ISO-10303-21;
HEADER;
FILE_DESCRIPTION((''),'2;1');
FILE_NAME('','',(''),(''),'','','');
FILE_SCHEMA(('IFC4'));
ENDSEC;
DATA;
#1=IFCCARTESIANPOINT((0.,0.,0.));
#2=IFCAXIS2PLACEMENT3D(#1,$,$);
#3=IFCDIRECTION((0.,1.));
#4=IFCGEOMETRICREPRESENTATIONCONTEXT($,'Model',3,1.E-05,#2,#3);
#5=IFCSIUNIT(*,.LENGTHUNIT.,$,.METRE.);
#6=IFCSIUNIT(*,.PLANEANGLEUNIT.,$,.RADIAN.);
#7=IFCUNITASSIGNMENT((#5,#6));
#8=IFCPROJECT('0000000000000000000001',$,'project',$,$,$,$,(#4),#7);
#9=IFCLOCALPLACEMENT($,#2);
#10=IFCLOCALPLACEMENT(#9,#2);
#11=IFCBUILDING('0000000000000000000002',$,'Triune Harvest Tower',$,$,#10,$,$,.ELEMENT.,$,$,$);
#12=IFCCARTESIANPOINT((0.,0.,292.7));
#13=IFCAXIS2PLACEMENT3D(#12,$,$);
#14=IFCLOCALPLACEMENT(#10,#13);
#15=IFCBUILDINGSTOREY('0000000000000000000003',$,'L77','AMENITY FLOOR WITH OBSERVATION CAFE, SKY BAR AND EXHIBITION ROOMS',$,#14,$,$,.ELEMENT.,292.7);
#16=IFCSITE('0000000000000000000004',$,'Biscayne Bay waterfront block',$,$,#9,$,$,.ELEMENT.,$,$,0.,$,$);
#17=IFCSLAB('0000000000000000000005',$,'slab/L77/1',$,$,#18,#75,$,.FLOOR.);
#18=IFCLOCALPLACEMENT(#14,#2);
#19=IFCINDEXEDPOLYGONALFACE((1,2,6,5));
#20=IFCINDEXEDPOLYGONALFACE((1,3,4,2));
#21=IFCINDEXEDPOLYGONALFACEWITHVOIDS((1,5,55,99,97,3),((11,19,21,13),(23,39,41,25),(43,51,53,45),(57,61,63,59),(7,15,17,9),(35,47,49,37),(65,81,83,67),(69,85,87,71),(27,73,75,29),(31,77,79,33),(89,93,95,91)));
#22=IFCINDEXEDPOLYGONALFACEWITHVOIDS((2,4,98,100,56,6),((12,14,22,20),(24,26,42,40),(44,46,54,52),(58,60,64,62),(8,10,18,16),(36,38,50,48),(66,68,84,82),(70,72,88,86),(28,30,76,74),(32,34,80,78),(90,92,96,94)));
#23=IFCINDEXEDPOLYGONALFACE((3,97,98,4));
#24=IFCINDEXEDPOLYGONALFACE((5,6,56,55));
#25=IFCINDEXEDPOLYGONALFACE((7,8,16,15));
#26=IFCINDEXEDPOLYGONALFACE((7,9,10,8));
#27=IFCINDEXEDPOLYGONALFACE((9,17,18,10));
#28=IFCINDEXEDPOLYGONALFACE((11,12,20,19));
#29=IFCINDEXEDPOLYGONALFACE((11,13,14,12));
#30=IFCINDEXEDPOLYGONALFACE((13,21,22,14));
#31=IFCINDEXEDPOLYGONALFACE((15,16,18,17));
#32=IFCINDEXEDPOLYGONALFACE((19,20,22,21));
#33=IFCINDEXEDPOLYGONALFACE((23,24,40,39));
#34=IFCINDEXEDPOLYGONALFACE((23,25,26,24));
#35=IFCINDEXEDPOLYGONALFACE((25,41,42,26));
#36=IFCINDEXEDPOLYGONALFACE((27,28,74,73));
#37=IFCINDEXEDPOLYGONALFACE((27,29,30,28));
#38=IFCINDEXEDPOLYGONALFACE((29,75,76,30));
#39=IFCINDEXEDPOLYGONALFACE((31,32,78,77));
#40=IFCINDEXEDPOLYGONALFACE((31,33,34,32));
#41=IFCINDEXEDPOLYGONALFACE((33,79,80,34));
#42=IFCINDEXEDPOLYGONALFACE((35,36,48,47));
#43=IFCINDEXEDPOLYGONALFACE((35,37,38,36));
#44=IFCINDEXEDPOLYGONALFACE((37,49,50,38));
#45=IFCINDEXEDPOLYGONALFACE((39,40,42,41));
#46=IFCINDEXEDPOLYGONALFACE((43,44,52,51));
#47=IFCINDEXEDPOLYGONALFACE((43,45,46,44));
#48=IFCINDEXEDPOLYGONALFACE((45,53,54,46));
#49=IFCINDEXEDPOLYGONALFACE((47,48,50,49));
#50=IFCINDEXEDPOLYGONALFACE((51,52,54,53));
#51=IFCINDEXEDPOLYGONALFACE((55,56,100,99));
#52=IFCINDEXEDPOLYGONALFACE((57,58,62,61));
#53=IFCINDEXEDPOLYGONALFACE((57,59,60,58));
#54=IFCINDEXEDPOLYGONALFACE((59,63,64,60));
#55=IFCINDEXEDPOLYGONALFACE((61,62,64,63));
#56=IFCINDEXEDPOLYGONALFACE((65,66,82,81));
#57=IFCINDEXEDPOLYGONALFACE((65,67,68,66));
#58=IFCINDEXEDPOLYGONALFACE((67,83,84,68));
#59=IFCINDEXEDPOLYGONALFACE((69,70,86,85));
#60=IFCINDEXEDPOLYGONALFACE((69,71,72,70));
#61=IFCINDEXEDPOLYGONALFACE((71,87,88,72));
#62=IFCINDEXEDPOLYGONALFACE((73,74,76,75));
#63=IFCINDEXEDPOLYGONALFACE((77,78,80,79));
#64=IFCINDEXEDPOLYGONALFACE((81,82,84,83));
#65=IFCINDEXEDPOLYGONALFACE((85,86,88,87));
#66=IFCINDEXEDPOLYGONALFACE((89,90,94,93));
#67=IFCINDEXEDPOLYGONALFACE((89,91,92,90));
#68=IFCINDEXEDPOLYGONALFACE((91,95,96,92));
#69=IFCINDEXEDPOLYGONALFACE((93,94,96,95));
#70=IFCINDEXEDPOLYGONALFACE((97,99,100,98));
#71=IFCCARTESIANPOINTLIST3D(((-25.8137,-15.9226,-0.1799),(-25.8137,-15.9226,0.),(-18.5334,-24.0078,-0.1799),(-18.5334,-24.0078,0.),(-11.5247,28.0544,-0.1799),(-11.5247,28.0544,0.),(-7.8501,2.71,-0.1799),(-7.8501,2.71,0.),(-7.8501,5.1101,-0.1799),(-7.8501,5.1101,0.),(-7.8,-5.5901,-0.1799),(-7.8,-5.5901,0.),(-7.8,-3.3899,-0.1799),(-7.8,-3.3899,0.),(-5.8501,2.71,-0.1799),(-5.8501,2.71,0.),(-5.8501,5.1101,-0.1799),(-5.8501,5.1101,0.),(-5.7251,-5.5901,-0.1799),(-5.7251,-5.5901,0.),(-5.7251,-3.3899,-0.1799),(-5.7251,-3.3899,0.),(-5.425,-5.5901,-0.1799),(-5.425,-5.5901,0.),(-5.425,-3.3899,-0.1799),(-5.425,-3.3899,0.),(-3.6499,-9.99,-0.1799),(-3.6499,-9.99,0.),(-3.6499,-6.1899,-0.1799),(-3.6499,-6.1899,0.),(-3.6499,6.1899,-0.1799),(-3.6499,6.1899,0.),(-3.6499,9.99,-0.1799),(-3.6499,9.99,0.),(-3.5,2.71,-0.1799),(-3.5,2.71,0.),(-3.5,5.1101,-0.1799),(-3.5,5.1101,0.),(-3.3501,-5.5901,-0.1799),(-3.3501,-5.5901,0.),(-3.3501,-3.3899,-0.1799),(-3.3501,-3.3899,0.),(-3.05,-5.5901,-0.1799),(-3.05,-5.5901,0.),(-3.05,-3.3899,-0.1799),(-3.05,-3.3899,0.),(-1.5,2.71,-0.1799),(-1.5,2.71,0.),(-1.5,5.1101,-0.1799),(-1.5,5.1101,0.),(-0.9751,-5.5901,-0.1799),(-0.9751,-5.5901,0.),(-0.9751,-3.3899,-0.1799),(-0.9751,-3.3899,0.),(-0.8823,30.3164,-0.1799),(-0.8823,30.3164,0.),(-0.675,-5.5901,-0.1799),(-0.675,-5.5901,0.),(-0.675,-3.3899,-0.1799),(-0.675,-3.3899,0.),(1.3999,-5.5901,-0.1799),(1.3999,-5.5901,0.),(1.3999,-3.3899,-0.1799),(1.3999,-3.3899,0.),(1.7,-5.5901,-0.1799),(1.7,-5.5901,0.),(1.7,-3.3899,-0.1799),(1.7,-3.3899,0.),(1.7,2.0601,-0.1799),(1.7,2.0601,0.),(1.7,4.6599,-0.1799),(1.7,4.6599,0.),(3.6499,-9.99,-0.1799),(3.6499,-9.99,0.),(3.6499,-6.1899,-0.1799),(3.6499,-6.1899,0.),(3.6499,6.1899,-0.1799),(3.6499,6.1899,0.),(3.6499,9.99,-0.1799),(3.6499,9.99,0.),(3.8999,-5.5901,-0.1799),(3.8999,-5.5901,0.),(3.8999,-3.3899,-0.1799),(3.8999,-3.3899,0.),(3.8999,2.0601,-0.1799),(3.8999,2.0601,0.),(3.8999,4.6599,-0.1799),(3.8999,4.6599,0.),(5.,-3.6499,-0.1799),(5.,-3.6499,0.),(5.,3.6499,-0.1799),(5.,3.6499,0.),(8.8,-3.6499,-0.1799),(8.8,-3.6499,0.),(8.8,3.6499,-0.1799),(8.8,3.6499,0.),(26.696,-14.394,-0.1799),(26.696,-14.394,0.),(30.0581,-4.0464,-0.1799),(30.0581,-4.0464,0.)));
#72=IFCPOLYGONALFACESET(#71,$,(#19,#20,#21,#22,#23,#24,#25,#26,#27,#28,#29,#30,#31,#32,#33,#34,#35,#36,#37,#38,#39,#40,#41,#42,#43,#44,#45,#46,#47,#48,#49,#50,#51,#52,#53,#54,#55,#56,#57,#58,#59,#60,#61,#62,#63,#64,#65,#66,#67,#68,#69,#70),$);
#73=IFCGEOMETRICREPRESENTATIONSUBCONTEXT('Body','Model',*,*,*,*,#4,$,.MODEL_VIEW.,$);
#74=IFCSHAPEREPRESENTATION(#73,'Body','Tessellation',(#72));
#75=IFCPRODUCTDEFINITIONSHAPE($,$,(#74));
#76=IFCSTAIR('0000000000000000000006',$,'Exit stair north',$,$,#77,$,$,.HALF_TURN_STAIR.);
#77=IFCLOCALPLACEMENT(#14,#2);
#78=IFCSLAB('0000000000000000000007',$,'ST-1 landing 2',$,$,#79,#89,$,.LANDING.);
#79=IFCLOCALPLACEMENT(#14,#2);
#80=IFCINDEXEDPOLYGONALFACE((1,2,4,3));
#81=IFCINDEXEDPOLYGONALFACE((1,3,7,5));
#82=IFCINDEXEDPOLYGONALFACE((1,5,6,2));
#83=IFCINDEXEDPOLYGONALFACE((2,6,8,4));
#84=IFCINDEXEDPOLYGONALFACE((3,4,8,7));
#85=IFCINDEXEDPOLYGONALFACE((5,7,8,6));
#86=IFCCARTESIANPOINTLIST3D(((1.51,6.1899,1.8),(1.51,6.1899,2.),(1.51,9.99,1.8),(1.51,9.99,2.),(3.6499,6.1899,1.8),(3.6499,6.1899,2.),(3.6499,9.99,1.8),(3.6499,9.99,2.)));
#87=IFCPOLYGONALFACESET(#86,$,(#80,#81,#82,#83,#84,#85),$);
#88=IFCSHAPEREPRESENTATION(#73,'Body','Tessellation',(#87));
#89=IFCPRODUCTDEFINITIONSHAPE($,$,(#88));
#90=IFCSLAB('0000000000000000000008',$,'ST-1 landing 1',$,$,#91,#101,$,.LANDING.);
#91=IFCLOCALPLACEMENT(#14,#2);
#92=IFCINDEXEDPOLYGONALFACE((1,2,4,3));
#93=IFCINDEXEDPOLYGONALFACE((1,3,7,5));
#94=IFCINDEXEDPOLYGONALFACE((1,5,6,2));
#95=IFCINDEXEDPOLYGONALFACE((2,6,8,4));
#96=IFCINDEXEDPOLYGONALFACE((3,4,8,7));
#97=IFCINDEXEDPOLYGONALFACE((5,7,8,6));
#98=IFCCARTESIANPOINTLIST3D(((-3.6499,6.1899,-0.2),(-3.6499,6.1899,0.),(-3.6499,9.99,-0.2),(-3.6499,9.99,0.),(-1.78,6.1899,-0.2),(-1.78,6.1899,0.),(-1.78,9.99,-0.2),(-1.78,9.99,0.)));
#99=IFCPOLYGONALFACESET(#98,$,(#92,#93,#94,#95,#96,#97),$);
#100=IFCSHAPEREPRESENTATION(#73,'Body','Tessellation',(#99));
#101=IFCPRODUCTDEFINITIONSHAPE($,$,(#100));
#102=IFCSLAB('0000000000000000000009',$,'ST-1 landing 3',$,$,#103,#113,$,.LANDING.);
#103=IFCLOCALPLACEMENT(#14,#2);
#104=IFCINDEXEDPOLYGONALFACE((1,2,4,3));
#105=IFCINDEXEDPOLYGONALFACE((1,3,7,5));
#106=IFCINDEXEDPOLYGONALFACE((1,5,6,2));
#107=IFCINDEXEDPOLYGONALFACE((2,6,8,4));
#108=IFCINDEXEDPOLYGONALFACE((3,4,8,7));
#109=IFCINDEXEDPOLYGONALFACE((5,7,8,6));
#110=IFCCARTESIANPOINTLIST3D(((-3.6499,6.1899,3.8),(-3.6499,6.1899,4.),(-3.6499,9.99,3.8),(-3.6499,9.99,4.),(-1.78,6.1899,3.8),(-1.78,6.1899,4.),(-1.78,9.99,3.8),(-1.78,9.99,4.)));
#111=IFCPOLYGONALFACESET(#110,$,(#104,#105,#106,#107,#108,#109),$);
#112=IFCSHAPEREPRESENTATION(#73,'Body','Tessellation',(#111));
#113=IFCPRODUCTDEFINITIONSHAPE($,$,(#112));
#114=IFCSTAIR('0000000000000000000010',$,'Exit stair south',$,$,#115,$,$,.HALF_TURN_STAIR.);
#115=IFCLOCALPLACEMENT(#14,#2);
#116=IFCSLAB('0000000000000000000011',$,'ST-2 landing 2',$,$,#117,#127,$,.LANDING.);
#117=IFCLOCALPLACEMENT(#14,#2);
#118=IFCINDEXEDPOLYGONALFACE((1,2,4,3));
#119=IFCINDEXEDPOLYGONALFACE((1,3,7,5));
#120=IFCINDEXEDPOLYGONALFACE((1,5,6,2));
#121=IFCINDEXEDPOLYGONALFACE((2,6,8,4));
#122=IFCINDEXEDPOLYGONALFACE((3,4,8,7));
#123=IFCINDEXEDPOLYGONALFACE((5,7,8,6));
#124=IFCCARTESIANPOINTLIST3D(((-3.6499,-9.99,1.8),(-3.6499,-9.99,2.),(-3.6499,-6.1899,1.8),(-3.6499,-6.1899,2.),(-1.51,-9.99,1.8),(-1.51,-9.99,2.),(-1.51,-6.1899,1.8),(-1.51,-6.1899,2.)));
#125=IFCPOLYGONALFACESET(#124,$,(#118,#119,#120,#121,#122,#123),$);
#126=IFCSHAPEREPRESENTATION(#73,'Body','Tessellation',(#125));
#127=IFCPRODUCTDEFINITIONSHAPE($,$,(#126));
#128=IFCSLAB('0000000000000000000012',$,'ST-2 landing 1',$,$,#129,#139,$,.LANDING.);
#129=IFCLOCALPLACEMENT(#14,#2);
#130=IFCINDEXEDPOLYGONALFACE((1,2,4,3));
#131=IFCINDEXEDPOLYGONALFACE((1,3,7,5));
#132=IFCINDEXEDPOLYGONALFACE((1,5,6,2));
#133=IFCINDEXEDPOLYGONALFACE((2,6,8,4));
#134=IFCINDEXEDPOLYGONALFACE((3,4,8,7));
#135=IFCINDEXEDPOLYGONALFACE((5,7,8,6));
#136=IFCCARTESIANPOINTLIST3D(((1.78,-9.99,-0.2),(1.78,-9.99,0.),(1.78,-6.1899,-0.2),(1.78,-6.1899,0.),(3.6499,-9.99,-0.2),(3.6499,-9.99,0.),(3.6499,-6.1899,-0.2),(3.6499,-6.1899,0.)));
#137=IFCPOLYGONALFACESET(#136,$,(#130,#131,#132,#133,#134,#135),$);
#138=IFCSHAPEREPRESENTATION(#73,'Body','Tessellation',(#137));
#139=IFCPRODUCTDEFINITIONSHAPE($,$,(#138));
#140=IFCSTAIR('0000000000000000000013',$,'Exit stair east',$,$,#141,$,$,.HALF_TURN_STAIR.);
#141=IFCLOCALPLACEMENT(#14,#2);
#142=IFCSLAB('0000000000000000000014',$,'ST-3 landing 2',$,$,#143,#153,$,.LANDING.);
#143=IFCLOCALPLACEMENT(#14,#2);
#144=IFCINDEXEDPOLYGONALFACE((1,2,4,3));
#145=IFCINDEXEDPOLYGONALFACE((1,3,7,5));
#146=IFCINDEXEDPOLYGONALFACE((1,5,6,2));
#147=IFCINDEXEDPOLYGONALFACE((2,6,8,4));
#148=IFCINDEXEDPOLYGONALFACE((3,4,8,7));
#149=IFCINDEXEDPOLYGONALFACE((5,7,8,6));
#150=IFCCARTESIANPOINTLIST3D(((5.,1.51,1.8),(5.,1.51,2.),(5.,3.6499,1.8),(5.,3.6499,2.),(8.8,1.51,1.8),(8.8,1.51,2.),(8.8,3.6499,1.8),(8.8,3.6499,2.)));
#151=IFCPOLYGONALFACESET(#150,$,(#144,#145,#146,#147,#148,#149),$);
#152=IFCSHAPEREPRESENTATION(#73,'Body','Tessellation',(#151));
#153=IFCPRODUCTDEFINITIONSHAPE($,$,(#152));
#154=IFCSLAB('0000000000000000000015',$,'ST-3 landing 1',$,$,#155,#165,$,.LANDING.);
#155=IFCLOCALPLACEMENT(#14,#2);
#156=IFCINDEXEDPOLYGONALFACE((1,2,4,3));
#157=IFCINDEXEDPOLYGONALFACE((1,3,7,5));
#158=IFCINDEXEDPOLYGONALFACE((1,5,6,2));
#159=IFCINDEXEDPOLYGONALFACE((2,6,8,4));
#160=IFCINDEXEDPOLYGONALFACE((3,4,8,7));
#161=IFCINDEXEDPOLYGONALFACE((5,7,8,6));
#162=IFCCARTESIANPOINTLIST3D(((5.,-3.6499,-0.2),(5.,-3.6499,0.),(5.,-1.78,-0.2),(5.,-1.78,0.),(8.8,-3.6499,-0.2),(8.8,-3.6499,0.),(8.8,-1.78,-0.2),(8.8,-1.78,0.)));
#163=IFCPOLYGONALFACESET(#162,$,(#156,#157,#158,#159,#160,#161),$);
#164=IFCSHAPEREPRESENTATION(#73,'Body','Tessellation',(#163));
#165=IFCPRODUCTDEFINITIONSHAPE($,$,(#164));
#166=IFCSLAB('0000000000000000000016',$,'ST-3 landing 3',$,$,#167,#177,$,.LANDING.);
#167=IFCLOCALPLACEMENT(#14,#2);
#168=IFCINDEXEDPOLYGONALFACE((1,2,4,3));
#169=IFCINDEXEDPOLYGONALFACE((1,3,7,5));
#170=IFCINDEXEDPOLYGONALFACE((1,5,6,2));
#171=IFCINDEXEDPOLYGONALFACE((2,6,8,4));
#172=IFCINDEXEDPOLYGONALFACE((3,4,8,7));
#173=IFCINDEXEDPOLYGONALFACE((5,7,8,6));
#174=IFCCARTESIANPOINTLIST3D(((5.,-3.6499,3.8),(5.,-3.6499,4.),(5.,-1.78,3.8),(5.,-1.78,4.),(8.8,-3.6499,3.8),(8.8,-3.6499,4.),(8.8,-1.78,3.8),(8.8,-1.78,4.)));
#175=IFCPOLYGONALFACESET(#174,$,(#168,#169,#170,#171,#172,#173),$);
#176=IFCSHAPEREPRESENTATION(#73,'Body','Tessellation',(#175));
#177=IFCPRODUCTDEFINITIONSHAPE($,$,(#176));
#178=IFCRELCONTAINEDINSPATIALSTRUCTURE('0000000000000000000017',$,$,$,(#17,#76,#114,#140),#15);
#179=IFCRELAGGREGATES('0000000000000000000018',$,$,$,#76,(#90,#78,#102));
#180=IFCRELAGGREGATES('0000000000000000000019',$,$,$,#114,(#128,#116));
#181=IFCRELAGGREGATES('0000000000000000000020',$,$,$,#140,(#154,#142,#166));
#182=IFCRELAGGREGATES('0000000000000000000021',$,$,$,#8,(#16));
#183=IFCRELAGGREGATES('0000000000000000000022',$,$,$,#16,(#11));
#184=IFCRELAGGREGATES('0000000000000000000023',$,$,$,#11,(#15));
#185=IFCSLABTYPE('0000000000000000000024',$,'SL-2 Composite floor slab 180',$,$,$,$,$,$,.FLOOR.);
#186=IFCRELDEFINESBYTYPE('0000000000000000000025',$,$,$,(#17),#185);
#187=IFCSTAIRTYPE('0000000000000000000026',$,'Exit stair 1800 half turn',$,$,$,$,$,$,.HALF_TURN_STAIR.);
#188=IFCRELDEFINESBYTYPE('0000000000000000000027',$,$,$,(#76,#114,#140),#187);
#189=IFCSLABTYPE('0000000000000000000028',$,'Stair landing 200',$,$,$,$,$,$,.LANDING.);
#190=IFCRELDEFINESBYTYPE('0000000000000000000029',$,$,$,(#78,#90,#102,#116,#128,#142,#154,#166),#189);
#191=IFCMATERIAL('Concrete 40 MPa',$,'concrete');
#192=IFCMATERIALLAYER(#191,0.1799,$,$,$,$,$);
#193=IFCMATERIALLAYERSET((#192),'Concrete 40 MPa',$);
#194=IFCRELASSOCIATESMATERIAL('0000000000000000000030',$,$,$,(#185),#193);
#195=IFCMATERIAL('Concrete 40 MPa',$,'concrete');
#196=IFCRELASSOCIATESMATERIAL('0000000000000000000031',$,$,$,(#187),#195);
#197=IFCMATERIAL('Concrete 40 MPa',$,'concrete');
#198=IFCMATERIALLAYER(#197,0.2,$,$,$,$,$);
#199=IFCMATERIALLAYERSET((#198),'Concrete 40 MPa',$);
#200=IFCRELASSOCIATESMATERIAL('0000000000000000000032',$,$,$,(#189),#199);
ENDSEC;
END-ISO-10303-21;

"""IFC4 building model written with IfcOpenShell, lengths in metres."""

from ifc_helpers import new_model, si_unit, direction, frame, origin, place, context, subcontext, project, spatial, polyline, outline, extrude, source, transform, mapped, material, layer, layer_set, type_object, element, aggregate, save


model = new_model("IFC4")

# Units and contexts
model_context = context("Model", 3, precision=1e-05, world=origin(), true_north=direction((0.0, 1.0)))
body_context = subcontext(model_context, "Body", "Model", "MODEL_VIEW")
ifc_project = project(units=[si_unit("LENGTHUNIT", "METRE"), si_unit("PLANEANGLEUNIT", "RADIAN")], contexts=[model_context])

# Site, building, storey
site_placement = place(None, origin())
site = spatial("IfcSite", under=ifc_project, at=site_placement, Name="Biscayne Bay waterfront block", CompositionType="ELEMENT", RefElevation=0.0)
building_placement = place(site_placement, origin())
building = spatial("IfcBuilding", under=site, at=building_placement, Name="Triune Harvest Tower", CompositionType="ELEMENT")
storey_placement = place(building_placement, frame((0.0, 0.0, 292.7)))
storey = spatial("IfcBuildingStorey", under=building, at=storey_placement, Name="L77", Description="AMENITY FLOOR WITH OBSERVATION CAFE, SKY BAR AND EXHIBITION ROOMS", CompositionType="ELEMENT", Elevation=292.7)

# Slab
ifc_material_1 = material(Name="Concrete 40 MPa", Category="concrete")
ifc_layer_1 = layer(ifc_material_1, 0.1799)
ifc_layer_set_1 = layer_set([ifc_layer_1], Name="Concrete 40 MPa")
slab_type_1 = type_object("IfcSlabType", Name="SL-2 Composite floor slab 180", PredefinedType="FLOOR", material=ifc_layer_set_1)
shared_shape_1 = source(origin(), body_context, "Body", "SweptSolid", [
    extrude(outline(polyline([(30.0581, -4.0464), (-0.8823, 30.3164), (-11.5247, 28.0544), (-25.8137, -15.9226), (-18.5334, -24.0078), (26.696, -14.394), (30.0581, -4.0464)]), holes=[polyline([(-5.7251, -5.5901), (-5.7251, -3.3899), (-7.8, -3.3899), (-7.8, -5.5901), (-5.7251, -5.5901)]), polyline([(-3.3501, -5.5901), (-3.3501, -3.3899), (-5.425, -3.3899), (-5.425, -5.5901), (-3.3501, -5.5901)]), polyline([(-0.9751, -5.5901), (-0.9751, -3.3899), (-3.05, -3.3899), (-3.05, -5.5901), (-0.9751, -5.5901)]), polyline([(1.3999, -5.5901), (1.3999, -3.3899), (-0.675, -3.3899), (-0.675, -5.5901), (1.3999, -5.5901)]), polyline([(3.8999, 2.0601), (3.8999, 4.6599), (1.7, 4.6599), (1.7, 2.0601), (3.8999, 2.0601)]), polyline([(3.8999, -5.5901), (3.8999, -3.3899), (1.7, -3.3899), (1.7, -5.5901), (3.8999, -5.5901)]), polyline([(-5.8501, 2.71), (-5.8501, 5.1101), (-7.8501, 5.1101), (-7.8501, 2.71), (-5.8501, 2.71)]), polyline([(-1.5, 2.71), (-1.5, 5.1101), (-3.5, 5.1101), (-3.5, 2.71), (-1.5, 2.71)]), polyline([(3.6499, 6.1899), (3.6499, 9.99), (-3.6499, 9.99), (-3.6499, 6.1899), (3.6499, 6.1899)]), polyline([(3.6499, -9.99), (3.6499, -6.1899), (-3.6499, -6.1899), (-3.6499, -9.99), (3.6499, -9.99)]), polyline([(8.8, -3.6499), (8.8, 3.6499), (5.0, 3.6499), (5.0, -3.6499), (8.8, -3.6499)])]), origin(), (0.0, 0.0, 1.0), 0.1799),
])
slab_1_placement = place(storey_placement, frame((0.0, 0.0, -0.1799)))
element("IfcSlab", 1, at=slab_1_placement, inside=storey, type_object=slab_type_1, Name="slab/L77/1", PredefinedType="FLOOR", context=body_context, shape_type="MappedRepresentation", body=[
    mapped(shared_shape_1, transform((0.0, 0.0, 0.0), scale=1.0)),
])

# Stairs, slabs
ifc_material_2 = material(Name="Concrete 40 MPa", Category="concrete")
stair_type = type_object("IfcStairType", Name="Exit stair 1800 half turn", PredefinedType="HALF_TURN_STAIR", material=ifc_material_2)
stair_1_placement = place(storey_placement, origin())
stair_1 = element("IfcStair", 2, at=stair_1_placement, inside=storey, type_object=stair_type, Name="Exit stair north", PredefinedType="HALF_TURN_STAIR")
ifc_material_3 = material(Name="Concrete 40 MPa", Category="concrete")
ifc_layer_2 = layer(ifc_material_3, 0.2)
ifc_layer_set_2 = layer_set([ifc_layer_2], Name="Concrete 40 MPa")
slab_type_2 = type_object("IfcSlabType", Name="Stair landing 200", PredefinedType="LANDING", material=ifc_layer_set_2)
shared_shape_2 = source(origin(), body_context, "Body", "SweptSolid", [
    extrude(outline(polyline([(1.51, 6.1899), (3.6499, 6.1899), (3.6499, 9.99), (1.51, 9.99), (1.51, 6.1899)])), origin(), (0.0, 0.0, 1.0), 0.2),
])
slab_2_placement = place(storey_placement, frame((0.0, 0.0, 1.8)))
slab_2 = element("IfcSlab", 3, at=slab_2_placement, type_object=slab_type_2, Name="ST-1 landing 2", PredefinedType="LANDING", context=body_context, shape_type="MappedRepresentation", body=[
    mapped(shared_shape_2, transform((0.0, 0.0, 0.0), scale=1.0)),
])
shared_shape_3 = source(origin(), body_context, "Body", "SweptSolid", [
    extrude(outline(polyline([(-3.6499, 6.1899), (-1.78, 6.1899), (-1.78, 9.99), (-3.6499, 9.99), (-3.6499, 6.1899)])), origin(), (0.0, 0.0, 1.0), 0.2),
])
slab_3_placement = place(storey_placement, frame((0.0, 0.0, -0.2)))
slab_3 = element("IfcSlab", 4, at=slab_3_placement, type_object=slab_type_2, Name="ST-1 landing 1", PredefinedType="LANDING", context=body_context, shape_type="MappedRepresentation", body=[
    mapped(shared_shape_3, transform((0.0, 0.0, 0.0), scale=1.0)),
])
slab_4_placement = place(storey_placement, frame((0.0, 0.0, 3.8)))
slab_4 = element("IfcSlab", 5, at=slab_4_placement, type_object=slab_type_2, Name="ST-1 landing 3", PredefinedType="LANDING", context=body_context, shape_type="MappedRepresentation", body=[
    mapped(shared_shape_3, transform((0.0, 0.0, 0.0), scale=1.0)),
])
aggregate(stair_1, [slab_3, slab_2, slab_4])
stair_2_placement = place(storey_placement, origin())
stair_2 = element("IfcStair", 6, at=stair_2_placement, inside=storey, type_object=stair_type, Name="Exit stair south", PredefinedType="HALF_TURN_STAIR")
shared_shape_4 = source(origin(), body_context, "Body", "SweptSolid", [
    extrude(outline(polyline([(-1.51, -6.1899), (-3.6499, -6.1899), (-3.6499, -9.99), (-1.51, -9.99), (-1.51, -6.1899)])), origin(), (0.0, 0.0, 1.0), 0.2),
])
slab_5_placement = place(storey_placement, frame((0.0, 0.0, 1.8)))
slab_5 = element("IfcSlab", 7, at=slab_5_placement, type_object=slab_type_2, Name="ST-2 landing 2", PredefinedType="LANDING", context=body_context, shape_type="MappedRepresentation", body=[
    mapped(shared_shape_4, transform((0.0, 0.0, 0.0), scale=1.0)),
])
shared_shape_5 = source(origin(), body_context, "Body", "SweptSolid", [
    extrude(outline(polyline([(3.6499, -6.1899), (1.78, -6.1899), (1.78, -9.99), (3.6499, -9.99), (3.6499, -6.1899)])), origin(), (0.0, 0.0, 1.0), 0.2),
])
slab_6_placement = place(storey_placement, frame((0.0, 0.0, -0.2)))
slab_6 = element("IfcSlab", 8, at=slab_6_placement, type_object=slab_type_2, Name="ST-2 landing 1", PredefinedType="LANDING", context=body_context, shape_type="MappedRepresentation", body=[
    mapped(shared_shape_5, transform((0.0, 0.0, 0.0), scale=1.0)),
])
aggregate(stair_2, [slab_6, slab_5])
stair_3_placement = place(storey_placement, origin())
stair_3 = element("IfcStair", 9, at=stair_3_placement, inside=storey, type_object=stair_type, Name="Exit stair east", PredefinedType="HALF_TURN_STAIR")
shared_shape_6 = source(origin(), body_context, "Body", "SweptSolid", [
    extrude(outline(polyline([(8.8, 1.51), (8.8, 3.6499), (5.0, 3.6499), (5.0, 1.51), (8.8, 1.51)])), origin(), (0.0, 0.0, 1.0), 0.2),
])
slab_7_placement = place(storey_placement, frame((0.0, 0.0, 1.8)))
slab_7 = element("IfcSlab", 10, at=slab_7_placement, type_object=slab_type_2, Name="ST-3 landing 2", PredefinedType="LANDING", context=body_context, shape_type="MappedRepresentation", body=[
    mapped(shared_shape_6, transform((0.0, 0.0, 0.0), scale=1.0)),
])
shared_shape_7 = source(origin(), body_context, "Body", "SweptSolid", [
    extrude(outline(polyline([(8.8, -3.6499), (8.8, -1.78), (5.0, -1.78), (5.0, -3.6499), (8.8, -3.6499)])), origin(), (0.0, 0.0, 1.0), 0.2),
])
slab_8_placement = place(storey_placement, frame((0.0, 0.0, -0.2)))
slab_8 = element("IfcSlab", 11, at=slab_8_placement, type_object=slab_type_2, Name="ST-3 landing 1", PredefinedType="LANDING", context=body_context, shape_type="MappedRepresentation", body=[
    mapped(shared_shape_7, transform((0.0, 0.0, 0.0), scale=1.0)),
])
slab_9_placement = place(storey_placement, frame((0.0, 0.0, 3.8)))
slab_9 = element("IfcSlab", 12, at=slab_9_placement, type_object=slab_type_2, Name="ST-3 landing 3", PredefinedType="LANDING", context=body_context, shape_type="MappedRepresentation", body=[
    mapped(shared_shape_7, transform((0.0, 0.0, 0.0), scale=1.0)),
])

aggregate(stair_3, [slab_8, slab_7, slab_9])

save(model, "model.ifc")
